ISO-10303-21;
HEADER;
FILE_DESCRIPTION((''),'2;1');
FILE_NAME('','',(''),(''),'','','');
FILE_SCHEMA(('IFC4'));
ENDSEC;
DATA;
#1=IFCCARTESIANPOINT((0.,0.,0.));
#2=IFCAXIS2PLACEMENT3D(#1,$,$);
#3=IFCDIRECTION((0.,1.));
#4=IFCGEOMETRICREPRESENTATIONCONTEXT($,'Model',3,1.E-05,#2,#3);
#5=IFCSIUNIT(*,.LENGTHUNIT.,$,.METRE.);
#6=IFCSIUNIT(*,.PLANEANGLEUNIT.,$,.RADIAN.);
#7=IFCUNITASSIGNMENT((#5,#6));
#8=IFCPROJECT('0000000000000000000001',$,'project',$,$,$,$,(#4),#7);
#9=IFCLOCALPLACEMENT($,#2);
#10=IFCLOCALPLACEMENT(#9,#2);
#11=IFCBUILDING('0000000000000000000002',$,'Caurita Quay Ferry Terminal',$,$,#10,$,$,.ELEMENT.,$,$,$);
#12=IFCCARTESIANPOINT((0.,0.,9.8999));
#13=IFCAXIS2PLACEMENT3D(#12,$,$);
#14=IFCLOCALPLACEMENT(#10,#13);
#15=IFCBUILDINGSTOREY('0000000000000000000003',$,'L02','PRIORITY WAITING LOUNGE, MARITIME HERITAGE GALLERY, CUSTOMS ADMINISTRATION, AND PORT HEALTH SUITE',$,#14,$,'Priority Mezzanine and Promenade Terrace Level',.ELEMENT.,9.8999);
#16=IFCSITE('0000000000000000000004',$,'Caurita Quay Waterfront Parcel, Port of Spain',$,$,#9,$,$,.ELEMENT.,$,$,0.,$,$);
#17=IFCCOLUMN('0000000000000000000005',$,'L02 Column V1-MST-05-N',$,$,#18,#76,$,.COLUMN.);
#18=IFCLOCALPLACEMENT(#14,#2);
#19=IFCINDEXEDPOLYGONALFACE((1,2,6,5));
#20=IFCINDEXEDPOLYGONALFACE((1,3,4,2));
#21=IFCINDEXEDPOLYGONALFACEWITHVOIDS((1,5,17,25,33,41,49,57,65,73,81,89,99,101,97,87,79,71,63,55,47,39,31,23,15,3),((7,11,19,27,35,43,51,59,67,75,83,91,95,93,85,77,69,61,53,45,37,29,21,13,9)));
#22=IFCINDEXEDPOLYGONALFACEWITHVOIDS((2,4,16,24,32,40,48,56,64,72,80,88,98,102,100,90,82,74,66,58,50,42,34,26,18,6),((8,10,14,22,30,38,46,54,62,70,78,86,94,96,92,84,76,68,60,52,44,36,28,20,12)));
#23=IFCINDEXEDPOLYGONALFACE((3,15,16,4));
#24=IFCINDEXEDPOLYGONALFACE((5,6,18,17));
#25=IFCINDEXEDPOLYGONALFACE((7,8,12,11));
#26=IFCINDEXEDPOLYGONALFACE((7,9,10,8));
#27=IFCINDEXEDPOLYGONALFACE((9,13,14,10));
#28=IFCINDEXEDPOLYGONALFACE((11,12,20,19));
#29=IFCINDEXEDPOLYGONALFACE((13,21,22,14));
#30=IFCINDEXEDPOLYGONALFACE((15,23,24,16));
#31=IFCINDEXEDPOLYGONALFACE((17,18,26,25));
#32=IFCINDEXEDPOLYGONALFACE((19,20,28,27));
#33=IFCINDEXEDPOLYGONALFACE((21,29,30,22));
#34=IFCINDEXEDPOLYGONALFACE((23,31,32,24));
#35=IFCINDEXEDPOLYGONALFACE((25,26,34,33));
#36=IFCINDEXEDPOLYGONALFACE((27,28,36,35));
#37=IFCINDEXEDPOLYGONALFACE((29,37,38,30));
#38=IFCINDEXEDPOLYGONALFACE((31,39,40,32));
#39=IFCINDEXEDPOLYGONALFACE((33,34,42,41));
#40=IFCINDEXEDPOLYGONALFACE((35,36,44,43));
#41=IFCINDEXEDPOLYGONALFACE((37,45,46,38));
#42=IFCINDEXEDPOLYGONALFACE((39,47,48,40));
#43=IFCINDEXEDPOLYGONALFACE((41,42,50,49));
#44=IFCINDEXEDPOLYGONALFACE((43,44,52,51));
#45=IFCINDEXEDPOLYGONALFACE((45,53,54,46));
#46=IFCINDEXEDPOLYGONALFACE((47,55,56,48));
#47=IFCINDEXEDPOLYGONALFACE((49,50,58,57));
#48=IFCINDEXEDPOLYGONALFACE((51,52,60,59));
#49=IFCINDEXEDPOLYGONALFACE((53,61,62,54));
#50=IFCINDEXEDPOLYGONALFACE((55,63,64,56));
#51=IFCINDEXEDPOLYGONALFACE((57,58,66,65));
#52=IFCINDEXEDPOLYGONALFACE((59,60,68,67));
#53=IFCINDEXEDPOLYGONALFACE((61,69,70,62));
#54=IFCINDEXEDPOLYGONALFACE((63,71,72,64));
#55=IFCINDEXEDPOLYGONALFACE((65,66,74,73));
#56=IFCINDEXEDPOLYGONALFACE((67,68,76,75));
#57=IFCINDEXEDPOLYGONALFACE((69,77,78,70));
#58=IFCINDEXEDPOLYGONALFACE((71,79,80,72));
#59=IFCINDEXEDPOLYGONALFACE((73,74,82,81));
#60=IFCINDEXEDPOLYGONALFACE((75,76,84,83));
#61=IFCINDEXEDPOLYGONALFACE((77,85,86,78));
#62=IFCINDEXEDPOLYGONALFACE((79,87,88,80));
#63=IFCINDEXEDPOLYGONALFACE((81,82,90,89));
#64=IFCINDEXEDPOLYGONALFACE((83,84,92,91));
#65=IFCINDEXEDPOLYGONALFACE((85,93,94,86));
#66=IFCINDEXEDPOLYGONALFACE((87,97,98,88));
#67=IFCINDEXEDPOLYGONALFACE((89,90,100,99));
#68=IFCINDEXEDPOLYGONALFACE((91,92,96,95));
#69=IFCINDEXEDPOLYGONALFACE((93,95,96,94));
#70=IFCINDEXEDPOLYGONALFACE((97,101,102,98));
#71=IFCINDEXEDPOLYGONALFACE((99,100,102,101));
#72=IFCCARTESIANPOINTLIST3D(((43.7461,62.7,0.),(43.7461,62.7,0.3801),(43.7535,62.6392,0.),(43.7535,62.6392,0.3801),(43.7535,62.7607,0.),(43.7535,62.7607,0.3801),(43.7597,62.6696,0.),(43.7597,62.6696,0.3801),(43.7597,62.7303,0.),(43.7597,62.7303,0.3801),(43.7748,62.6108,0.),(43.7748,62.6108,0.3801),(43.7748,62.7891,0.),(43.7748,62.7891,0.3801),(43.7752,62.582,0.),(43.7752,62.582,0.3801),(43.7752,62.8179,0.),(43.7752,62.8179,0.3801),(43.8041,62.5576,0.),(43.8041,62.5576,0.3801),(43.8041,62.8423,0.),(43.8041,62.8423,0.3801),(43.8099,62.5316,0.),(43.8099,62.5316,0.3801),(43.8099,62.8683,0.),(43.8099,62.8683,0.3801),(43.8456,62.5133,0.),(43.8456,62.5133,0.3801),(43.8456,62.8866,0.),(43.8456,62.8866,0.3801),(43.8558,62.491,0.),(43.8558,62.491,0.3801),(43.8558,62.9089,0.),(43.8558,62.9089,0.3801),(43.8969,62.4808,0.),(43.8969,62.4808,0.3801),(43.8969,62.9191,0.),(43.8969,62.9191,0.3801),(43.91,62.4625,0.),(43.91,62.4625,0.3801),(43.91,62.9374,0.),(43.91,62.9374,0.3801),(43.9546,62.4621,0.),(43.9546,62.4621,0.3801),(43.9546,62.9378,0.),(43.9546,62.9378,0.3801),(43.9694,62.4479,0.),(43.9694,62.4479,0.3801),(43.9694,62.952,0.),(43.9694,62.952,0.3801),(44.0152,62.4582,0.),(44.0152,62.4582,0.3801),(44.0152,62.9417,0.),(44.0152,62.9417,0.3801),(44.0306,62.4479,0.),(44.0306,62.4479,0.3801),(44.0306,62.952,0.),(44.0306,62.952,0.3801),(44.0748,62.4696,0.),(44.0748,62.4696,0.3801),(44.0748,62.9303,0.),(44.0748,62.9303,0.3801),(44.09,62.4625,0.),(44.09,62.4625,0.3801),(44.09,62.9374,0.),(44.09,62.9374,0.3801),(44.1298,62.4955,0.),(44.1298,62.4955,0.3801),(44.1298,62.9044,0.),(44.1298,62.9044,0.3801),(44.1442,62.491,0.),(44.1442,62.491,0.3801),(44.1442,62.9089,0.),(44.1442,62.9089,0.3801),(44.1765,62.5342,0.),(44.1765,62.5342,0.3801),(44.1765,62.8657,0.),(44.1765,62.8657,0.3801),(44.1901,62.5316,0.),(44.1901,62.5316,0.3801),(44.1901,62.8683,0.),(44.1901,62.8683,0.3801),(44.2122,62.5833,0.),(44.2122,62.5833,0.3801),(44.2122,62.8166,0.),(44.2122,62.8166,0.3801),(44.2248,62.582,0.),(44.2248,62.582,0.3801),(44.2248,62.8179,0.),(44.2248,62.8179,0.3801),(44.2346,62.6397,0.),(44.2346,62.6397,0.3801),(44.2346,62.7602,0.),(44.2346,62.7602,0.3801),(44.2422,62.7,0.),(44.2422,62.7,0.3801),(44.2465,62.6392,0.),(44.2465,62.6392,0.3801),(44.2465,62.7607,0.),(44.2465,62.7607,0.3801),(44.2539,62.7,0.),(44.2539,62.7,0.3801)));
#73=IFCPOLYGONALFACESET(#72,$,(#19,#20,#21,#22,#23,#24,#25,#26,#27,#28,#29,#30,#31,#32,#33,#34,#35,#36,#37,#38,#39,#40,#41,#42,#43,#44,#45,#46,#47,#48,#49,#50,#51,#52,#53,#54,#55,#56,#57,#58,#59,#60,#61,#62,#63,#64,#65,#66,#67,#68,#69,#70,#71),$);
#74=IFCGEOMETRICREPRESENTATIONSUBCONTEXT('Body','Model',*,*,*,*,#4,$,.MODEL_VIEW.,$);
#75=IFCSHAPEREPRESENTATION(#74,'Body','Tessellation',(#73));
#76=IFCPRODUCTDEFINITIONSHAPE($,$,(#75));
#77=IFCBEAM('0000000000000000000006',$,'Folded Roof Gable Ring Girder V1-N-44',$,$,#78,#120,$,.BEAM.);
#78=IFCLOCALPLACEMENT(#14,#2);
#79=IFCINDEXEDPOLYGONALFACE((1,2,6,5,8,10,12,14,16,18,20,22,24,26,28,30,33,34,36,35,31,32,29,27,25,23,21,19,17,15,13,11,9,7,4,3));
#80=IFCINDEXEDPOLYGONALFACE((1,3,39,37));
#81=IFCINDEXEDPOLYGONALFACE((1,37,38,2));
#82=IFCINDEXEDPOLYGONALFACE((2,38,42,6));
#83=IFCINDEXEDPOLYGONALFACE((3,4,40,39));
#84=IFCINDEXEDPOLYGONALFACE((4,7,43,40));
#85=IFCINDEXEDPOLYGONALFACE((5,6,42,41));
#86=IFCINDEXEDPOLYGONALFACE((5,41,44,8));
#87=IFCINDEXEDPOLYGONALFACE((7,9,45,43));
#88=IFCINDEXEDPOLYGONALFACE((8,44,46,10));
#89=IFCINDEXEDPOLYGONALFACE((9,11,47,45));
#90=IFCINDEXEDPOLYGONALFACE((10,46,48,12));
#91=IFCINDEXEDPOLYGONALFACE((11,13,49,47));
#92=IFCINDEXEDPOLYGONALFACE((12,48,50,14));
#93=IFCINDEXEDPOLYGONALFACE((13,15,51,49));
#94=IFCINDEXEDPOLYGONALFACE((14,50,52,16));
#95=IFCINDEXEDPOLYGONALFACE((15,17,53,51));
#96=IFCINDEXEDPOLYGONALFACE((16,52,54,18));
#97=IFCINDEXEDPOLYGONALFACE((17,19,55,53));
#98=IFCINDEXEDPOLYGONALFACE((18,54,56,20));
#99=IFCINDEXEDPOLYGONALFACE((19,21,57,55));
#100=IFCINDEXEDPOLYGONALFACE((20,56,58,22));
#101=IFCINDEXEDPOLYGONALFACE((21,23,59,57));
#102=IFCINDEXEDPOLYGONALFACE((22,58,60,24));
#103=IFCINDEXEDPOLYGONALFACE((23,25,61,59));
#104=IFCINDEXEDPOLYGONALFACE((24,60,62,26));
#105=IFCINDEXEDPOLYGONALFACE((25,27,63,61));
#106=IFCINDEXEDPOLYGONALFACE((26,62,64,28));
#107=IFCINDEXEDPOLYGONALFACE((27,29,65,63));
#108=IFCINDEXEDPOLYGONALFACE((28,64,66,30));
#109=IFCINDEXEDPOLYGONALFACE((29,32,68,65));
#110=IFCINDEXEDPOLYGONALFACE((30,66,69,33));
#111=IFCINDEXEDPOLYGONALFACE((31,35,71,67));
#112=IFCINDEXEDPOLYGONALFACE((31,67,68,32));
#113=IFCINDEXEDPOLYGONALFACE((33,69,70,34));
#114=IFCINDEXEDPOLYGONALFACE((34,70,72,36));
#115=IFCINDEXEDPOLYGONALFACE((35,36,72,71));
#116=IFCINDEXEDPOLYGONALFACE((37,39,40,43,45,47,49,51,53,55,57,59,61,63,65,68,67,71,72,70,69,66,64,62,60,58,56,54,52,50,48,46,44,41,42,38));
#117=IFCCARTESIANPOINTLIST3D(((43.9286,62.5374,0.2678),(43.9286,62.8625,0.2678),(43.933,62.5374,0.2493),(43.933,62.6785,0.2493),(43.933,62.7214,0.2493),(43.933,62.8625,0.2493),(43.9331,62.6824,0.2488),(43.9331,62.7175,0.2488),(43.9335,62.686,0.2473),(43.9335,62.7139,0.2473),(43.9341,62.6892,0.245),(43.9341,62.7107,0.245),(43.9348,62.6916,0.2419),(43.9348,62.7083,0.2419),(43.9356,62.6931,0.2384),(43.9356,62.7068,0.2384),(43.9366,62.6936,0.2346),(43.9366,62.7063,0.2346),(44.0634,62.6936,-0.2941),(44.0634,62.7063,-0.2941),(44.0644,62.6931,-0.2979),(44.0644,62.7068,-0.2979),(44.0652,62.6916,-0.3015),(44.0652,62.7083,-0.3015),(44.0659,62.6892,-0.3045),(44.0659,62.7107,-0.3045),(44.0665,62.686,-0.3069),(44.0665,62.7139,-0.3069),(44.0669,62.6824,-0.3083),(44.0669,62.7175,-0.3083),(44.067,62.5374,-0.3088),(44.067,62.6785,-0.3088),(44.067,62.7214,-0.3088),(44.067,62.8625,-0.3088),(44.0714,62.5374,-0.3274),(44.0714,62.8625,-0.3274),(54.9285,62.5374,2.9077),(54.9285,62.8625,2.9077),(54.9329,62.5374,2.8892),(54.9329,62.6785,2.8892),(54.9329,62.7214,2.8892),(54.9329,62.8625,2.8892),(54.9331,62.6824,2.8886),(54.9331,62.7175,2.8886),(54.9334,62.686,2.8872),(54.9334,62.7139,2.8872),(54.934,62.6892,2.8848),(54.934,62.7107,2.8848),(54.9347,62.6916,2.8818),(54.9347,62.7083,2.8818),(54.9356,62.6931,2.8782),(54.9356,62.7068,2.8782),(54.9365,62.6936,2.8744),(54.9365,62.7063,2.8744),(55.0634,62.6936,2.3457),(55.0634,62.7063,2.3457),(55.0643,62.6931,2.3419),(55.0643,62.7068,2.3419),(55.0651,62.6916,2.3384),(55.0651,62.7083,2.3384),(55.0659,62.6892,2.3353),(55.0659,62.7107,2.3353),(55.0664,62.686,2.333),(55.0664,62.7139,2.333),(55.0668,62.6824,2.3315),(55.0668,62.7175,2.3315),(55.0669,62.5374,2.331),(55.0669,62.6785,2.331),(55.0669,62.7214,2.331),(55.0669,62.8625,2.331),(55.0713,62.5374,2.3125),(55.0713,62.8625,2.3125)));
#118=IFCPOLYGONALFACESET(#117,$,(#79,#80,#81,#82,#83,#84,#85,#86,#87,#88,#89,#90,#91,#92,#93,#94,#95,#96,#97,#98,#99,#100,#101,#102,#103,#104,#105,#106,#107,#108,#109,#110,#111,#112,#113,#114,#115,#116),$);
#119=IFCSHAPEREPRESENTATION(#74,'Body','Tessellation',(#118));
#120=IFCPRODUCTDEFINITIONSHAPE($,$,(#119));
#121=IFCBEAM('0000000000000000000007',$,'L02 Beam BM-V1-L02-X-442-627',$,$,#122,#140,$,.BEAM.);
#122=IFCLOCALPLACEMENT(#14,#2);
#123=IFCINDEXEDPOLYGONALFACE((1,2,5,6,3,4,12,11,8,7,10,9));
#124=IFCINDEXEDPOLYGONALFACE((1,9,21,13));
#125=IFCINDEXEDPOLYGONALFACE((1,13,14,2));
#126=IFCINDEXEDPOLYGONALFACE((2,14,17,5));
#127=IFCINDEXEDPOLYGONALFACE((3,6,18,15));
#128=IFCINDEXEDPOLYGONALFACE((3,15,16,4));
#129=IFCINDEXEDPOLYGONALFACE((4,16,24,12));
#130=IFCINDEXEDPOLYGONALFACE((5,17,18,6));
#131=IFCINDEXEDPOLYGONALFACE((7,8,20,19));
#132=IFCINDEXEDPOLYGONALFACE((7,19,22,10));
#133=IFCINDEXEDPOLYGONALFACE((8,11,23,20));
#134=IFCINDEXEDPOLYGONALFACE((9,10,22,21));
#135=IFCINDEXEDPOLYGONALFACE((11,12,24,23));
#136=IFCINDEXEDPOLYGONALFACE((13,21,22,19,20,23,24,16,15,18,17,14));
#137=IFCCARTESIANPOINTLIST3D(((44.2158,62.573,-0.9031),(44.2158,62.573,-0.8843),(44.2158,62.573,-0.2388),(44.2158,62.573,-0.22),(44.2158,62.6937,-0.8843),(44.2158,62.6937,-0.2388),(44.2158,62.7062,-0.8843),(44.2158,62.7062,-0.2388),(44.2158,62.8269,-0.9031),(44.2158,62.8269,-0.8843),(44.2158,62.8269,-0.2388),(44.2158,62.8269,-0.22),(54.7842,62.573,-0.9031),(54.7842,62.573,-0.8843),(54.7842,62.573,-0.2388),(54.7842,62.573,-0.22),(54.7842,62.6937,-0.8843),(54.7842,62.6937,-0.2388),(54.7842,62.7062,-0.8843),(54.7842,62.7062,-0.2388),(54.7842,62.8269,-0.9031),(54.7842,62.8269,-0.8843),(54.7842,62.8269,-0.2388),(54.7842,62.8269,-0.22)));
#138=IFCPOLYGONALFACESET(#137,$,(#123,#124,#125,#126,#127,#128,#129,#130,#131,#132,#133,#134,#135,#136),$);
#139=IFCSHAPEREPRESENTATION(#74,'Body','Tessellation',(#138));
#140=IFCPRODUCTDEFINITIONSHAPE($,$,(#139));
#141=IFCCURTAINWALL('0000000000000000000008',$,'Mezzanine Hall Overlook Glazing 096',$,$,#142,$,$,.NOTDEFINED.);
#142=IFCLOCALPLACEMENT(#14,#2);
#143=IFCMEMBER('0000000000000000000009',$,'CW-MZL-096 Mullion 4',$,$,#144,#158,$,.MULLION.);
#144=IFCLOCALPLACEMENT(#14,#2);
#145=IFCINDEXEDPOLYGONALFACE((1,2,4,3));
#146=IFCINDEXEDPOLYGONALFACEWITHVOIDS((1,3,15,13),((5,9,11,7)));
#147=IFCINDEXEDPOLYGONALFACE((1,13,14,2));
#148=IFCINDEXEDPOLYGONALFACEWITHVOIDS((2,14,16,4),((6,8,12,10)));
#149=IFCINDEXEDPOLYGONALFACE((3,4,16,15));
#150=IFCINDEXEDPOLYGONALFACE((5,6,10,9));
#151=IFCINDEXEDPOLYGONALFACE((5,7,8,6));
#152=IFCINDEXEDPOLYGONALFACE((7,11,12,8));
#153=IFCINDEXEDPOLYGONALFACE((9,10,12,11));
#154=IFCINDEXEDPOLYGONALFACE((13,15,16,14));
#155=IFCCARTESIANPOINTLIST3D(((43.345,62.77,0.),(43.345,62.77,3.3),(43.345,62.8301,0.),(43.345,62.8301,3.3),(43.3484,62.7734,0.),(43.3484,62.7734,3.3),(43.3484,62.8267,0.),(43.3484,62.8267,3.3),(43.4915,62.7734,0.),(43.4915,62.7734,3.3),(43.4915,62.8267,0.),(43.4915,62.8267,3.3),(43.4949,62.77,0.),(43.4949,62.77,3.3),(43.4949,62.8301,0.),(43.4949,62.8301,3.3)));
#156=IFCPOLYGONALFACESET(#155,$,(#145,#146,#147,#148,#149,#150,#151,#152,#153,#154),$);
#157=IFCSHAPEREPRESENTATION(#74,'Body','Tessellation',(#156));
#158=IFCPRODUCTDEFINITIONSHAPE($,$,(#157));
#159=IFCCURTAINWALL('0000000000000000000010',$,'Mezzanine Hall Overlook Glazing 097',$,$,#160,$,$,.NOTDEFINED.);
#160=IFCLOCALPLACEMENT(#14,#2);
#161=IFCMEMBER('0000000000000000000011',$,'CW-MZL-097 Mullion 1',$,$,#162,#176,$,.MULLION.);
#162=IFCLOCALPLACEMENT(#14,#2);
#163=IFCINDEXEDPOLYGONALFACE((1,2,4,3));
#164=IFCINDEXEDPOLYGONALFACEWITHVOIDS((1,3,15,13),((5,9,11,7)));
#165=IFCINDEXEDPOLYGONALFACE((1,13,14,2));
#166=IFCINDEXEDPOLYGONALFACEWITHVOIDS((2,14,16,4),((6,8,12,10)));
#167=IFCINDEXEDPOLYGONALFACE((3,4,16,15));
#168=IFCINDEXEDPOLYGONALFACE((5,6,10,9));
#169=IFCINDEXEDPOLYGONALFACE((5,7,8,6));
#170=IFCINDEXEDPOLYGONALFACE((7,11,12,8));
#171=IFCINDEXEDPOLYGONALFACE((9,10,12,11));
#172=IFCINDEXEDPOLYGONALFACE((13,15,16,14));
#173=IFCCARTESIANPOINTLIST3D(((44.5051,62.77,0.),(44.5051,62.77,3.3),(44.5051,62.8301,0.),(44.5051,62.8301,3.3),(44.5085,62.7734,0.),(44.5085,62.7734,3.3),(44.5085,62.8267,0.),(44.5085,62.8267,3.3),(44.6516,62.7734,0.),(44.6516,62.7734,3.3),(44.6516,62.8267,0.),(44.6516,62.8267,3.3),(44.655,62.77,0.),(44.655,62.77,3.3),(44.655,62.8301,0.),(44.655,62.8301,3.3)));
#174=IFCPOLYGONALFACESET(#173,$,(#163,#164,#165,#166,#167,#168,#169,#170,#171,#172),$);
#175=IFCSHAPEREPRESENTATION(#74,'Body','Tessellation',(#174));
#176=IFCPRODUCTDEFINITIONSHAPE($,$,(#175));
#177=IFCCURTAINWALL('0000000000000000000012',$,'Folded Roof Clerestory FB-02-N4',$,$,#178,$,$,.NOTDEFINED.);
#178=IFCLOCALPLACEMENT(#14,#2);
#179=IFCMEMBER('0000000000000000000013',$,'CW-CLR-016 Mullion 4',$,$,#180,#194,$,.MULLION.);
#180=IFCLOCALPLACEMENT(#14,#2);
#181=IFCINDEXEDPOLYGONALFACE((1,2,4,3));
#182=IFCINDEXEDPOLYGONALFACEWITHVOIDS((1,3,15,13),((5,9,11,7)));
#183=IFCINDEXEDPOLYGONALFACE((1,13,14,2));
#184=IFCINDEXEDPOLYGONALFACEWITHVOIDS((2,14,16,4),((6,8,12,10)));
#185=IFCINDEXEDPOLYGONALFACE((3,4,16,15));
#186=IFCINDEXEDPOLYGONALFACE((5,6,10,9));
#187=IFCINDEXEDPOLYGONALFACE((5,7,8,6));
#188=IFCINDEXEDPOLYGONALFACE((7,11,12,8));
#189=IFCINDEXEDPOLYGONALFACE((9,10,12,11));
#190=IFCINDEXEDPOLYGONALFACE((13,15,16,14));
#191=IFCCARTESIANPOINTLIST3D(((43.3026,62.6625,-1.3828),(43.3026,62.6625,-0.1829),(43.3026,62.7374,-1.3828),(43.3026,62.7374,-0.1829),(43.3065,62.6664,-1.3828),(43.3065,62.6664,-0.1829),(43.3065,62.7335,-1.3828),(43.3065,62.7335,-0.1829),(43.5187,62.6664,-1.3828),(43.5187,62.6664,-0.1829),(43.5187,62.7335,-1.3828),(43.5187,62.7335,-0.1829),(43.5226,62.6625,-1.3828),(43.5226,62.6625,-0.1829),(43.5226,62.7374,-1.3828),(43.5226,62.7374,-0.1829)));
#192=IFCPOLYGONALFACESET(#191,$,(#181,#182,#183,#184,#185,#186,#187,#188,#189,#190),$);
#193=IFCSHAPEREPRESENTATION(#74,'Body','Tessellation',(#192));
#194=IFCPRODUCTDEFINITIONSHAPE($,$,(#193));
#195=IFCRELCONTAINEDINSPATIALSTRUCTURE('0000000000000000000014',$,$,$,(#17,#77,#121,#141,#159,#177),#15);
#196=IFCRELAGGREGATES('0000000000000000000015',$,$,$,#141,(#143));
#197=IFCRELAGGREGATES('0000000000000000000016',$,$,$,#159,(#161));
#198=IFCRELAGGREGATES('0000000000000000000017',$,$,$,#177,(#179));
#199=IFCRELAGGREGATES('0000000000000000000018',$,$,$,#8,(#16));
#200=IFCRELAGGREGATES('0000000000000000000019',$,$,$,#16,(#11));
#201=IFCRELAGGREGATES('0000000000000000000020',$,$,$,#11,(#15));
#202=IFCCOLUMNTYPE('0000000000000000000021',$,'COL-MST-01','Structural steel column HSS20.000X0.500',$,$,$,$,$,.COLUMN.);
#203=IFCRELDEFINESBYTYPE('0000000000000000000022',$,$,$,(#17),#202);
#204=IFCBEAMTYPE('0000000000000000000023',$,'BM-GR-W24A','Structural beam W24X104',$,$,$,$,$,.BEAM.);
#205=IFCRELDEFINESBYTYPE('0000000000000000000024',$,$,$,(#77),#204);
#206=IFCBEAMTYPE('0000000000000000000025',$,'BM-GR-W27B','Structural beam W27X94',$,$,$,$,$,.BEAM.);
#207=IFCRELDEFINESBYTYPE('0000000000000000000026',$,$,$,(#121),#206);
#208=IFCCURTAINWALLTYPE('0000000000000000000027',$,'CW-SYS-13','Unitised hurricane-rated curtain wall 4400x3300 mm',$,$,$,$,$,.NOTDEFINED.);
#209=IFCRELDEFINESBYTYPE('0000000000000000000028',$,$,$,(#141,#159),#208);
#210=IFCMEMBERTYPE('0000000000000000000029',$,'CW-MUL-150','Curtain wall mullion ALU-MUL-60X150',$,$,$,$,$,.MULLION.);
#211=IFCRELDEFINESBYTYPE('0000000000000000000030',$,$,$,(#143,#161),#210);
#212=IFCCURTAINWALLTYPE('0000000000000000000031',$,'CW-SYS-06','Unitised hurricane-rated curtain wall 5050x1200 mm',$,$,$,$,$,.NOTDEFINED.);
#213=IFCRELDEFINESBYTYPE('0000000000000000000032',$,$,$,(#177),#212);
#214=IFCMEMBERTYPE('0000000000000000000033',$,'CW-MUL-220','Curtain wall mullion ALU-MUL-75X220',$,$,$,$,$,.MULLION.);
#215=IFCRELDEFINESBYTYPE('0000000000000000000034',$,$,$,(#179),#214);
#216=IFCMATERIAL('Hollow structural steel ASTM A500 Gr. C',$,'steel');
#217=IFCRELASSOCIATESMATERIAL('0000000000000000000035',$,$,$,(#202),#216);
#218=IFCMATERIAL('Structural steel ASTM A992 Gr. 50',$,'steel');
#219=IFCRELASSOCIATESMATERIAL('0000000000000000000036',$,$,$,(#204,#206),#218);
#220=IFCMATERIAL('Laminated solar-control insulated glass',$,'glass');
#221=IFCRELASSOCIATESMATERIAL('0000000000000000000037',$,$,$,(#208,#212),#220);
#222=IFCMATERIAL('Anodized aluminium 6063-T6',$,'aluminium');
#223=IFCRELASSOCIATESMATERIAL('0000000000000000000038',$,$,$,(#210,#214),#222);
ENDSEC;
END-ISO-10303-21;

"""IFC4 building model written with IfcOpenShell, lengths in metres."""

from ifc_helpers import new_model, si_unit, direction, frame, origin, origin_2d, place, context, subcontext, project, spatial, hollow_rectangle, hollow_circle, i_section, extrude, material, material_profile, profile_set, type_object, element, aggregate, save


model = new_model("IFC4")

# Units and contexts
model_context = context("Model", 3, precision=1e-05, world=origin(), true_north=direction((0.0, 1.0)))
body_context = subcontext(model_context, "Body", "Model", "MODEL_VIEW")
ifc_project = project(units=[si_unit("LENGTHUNIT", "METRE"), si_unit("PLANEANGLEUNIT", "RADIAN")], contexts=[model_context])

# Site, building, storey
site_placement = place(None, origin())
site = spatial("IfcSite", under=ifc_project, at=site_placement, Name="Caurita Quay Waterfront Parcel, Port of Spain", CompositionType="ELEMENT", RefElevation=0.0)
building_placement = place(site_placement, origin())
building = spatial("IfcBuilding", under=site, at=building_placement, Name="Caurita Quay Ferry Terminal", CompositionType="ELEMENT")
storey_placement = place(building_placement, frame((0.0, 0.0, 9.8999)))
storey = spatial("IfcBuildingStorey", under=building, at=storey_placement, Name="L02", Description="PRIORITY WAITING LOUNGE, MARITIME HERITAGE GALLERY, CUSTOMS ADMINISTRATION, AND PORT HEALTH SUITE", LongName="Priority Mezzanine and Promenade Terrace Level", CompositionType="ELEMENT", Elevation=9.8999)

# Column
ifc_material_1 = material(Name="Hollow structural steel ASTM A500 Gr. C", Category="steel")
ifc_material_profile_1 = material_profile(ifc_material_1, hollow_circle(Radius=0.2539, WallThickness=0.0117, at=origin_2d()), Name="HSS20.000X0.500")
ifc_profile_set_1 = profile_set([ifc_material_profile_1], Name="Hollow structural steel ASTM A500 Gr. C")
column_type = type_object("IfcColumnType", Name="COL-MST-01", Description="Structural steel column HSS20.000X0.500", PredefinedType="COLUMN", material=ifc_profile_set_1)
column_placement = place(storey_placement, frame((44.0, 62.7, 0.0), z_axis=(0.0, 0.0, 1.0), x_axis=(1.0, 0.0, 0.0)))
element("IfcColumn", 1, at=column_placement, inside=storey, type_object=column_type, Name="L02 Column V1-MST-05-N", PredefinedType="COLUMN", context=body_context, shape_type="SweptSolid", body=[
    extrude(hollow_circle(Radius=0.2539, WallThickness=0.0117, at=origin_2d()), origin(), (0.0, 0.0, 1.0), 0.3801),
])

# Beams
ifc_material_2 = material(Name="Structural steel ASTM A992 Gr. 50", Category="steel")
ifc_material_profile_2 = material_profile(ifc_material_2, i_section(OverallWidth=0.3252, OverallDepth=0.6121, WebThickness=0.0127, FlangeThickness=0.019, FilletRadius=0.0151, at=origin_2d()), Name="W24X104")
ifc_profile_set_2 = profile_set([ifc_material_profile_2], Name="Structural steel ASTM A992 Gr. 50")
beam_type_1 = type_object("IfcBeamType", Name="BM-GR-W24A", Description="Structural beam W24X104", PredefinedType="BEAM", material=ifc_profile_set_2)
beam_1_placement = place(storey_placement, frame((44.0, 62.7, -0.0298), z_axis=(0.972389, 0.0, 0.233364), x_axis=(0.0, 1.0, 0.0)))
element("IfcBeam", 2, at=beam_1_placement, inside=storey, type_object=beam_type_1, Name="Folded Roof Gable Ring Girder V1-N-44", PredefinedType="BEAM", context=body_context, shape_type="SweptSolid", body=[
    extrude(i_section(OverallWidth=0.3252, OverallDepth=0.6121, WebThickness=0.0127, FlangeThickness=0.019, FilletRadius=0.0151, at=origin_2d()), origin(), (0.0, 0.0, 1.0), 11.3123),
])
ifc_material_profile_3 = material_profile(ifc_material_2, i_section(OverallWidth=0.2539, OverallDepth=0.6831, WebThickness=0.0125, FlangeThickness=0.0188, at=origin_2d()), Name="W27X94")
ifc_profile_set_3 = profile_set([ifc_material_profile_3], Name="Structural steel ASTM A992 Gr. 50")
beam_type_2 = type_object("IfcBeamType", Name="BM-GR-W27B", Description="Structural beam W27X94", PredefinedType="BEAM", material=ifc_profile_set_3)
beam_2_placement = place(storey_placement, frame((44.2158, 62.7, -0.5615), z_axis=(1.0, 0.0, 0.0), x_axis=(0.0, 1.0, 0.0)))
element("IfcBeam", 3, at=beam_2_placement, inside=storey, type_object=beam_type_2, Name="L02 Beam BM-V1-L02-X-442-627", PredefinedType="BEAM", context=body_context, shape_type="SweptSolid", body=[
    extrude(i_section(OverallWidth=0.2539, OverallDepth=0.6831, WebThickness=0.0125, FlangeThickness=0.0188, at=origin_2d()), origin(), (0.0, 0.0, 1.0), 10.5684),
])

# Curtain walls, members
ifc_material_3 = material(Name="Laminated solar-control insulated glass", Category="glass")
curtain_wall_type_1 = type_object("IfcCurtainWallType", Name="CW-SYS-13", Description="Unitised hurricane-rated curtain wall 4400x3300 mm", PredefinedType="NOTDEFINED", material=ifc_material_3)
curtain_wall_1_placement = place(storey_placement, origin())
curtain_wall_1 = element("IfcCurtainWall", 4, at=curtain_wall_1_placement, inside=storey, type_object=curtain_wall_type_1, Name="Mezzanine Hall Overlook Glazing 096", PredefinedType="NOTDEFINED")
ifc_material_4 = material(Name="Anodized aluminium 6063-T6", Category="aluminium")
ifc_material_profile_4 = material_profile(ifc_material_4, hollow_rectangle(XDim=0.0601, YDim=0.1499, WallThickness=0.0034, at=origin_2d()), Name="ALU-MUL-60X150")
ifc_profile_set_4 = profile_set([ifc_material_profile_4], Name="Anodized aluminium 6063-T6")
member_type_1 = type_object("IfcMemberType", Name="CW-MUL-150", Description="Curtain wall mullion ALU-MUL-60X150", PredefinedType="MULLION", material=ifc_profile_set_4)
member_1_placement = place(storey_placement, frame((43.4199, 62.8, 0.0), z_axis=(0.0, 0.0, 1.0), x_axis=(0.0, 1.0, 0.0)))
member_1 = element("IfcMember", 5, at=member_1_placement, type_object=member_type_1, Name="CW-MZL-096 Mullion 4", PredefinedType="MULLION", context=body_context, shape_type="SweptSolid", body=[
    extrude(hollow_rectangle(XDim=0.0601, YDim=0.1499, WallThickness=0.0034, at=origin_2d()), origin(), (0.0, 0.0, 1.0), 3.3),
])
curtain_wall_2_placement = place(storey_placement, origin())
curtain_wall_2 = element("IfcCurtainWall", 6, at=curtain_wall_2_placement, inside=storey, type_object=curtain_wall_type_1, Name="Mezzanine Hall Overlook Glazing 097", PredefinedType="NOTDEFINED")
member_2_placement = place(storey_placement, frame((44.5801, 62.8, 0.0), z_axis=(0.0, 0.0, 1.0), x_axis=(0.0, 1.0, 0.0)))
member_2 = element("IfcMember", 7, at=member_2_placement, type_object=member_type_1, Name="CW-MZL-097 Mullion 1", PredefinedType="MULLION", context=body_context, shape_type="SweptSolid", body=[
    extrude(hollow_rectangle(XDim=0.0601, YDim=0.1499, WallThickness=0.0034, at=origin_2d()), origin(), (0.0, 0.0, 1.0), 3.3),
])
curtain_wall_type_2 = type_object("IfcCurtainWallType", Name="CW-SYS-06", Description="Unitised hurricane-rated curtain wall 5050x1200 mm", PredefinedType="NOTDEFINED", material=ifc_material_3)
curtain_wall_3_placement = place(storey_placement, origin())
curtain_wall_3 = element("IfcCurtainWall", 8, at=curtain_wall_3_placement, inside=storey, type_object=curtain_wall_type_2, Name="Folded Roof Clerestory FB-02-N4", PredefinedType="NOTDEFINED")
ifc_material_profile_5 = material_profile(ifc_material_4, hollow_rectangle(XDim=0.075, YDim=0.22, WallThickness=0.0039, at=origin_2d()), Name="ALU-MUL-75X220")
ifc_profile_set_5 = profile_set([ifc_material_profile_5], Name="Anodized aluminium 6063-T6")
member_type_2 = type_object("IfcMemberType", Name="CW-MUL-220", Description="Curtain wall mullion ALU-MUL-75X220", PredefinedType="MULLION", material=ifc_profile_set_5)
member_3_placement = place(storey_placement, frame((43.4126, 62.7, -1.3828), z_axis=(0.0, 0.0, 1.0), x_axis=(0.0, 1.0, 0.0)))
member_3 = element("IfcMember", 9, at=member_3_placement, type_object=member_type_2, Name="CW-CLR-016 Mullion 4", PredefinedType="MULLION", context=body_context, shape_type="SweptSolid", body=[
    extrude(hollow_rectangle(XDim=0.075, YDim=0.22, WallThickness=0.0039, at=origin_2d()), origin(), (0.0, 0.0, 1.0), 1.2),
])

aggregate(curtain_wall_1, [member_1])
aggregate(curtain_wall_2, [member_2])
aggregate(curtain_wall_3, [member_3])

save(model, "model.ifc")
